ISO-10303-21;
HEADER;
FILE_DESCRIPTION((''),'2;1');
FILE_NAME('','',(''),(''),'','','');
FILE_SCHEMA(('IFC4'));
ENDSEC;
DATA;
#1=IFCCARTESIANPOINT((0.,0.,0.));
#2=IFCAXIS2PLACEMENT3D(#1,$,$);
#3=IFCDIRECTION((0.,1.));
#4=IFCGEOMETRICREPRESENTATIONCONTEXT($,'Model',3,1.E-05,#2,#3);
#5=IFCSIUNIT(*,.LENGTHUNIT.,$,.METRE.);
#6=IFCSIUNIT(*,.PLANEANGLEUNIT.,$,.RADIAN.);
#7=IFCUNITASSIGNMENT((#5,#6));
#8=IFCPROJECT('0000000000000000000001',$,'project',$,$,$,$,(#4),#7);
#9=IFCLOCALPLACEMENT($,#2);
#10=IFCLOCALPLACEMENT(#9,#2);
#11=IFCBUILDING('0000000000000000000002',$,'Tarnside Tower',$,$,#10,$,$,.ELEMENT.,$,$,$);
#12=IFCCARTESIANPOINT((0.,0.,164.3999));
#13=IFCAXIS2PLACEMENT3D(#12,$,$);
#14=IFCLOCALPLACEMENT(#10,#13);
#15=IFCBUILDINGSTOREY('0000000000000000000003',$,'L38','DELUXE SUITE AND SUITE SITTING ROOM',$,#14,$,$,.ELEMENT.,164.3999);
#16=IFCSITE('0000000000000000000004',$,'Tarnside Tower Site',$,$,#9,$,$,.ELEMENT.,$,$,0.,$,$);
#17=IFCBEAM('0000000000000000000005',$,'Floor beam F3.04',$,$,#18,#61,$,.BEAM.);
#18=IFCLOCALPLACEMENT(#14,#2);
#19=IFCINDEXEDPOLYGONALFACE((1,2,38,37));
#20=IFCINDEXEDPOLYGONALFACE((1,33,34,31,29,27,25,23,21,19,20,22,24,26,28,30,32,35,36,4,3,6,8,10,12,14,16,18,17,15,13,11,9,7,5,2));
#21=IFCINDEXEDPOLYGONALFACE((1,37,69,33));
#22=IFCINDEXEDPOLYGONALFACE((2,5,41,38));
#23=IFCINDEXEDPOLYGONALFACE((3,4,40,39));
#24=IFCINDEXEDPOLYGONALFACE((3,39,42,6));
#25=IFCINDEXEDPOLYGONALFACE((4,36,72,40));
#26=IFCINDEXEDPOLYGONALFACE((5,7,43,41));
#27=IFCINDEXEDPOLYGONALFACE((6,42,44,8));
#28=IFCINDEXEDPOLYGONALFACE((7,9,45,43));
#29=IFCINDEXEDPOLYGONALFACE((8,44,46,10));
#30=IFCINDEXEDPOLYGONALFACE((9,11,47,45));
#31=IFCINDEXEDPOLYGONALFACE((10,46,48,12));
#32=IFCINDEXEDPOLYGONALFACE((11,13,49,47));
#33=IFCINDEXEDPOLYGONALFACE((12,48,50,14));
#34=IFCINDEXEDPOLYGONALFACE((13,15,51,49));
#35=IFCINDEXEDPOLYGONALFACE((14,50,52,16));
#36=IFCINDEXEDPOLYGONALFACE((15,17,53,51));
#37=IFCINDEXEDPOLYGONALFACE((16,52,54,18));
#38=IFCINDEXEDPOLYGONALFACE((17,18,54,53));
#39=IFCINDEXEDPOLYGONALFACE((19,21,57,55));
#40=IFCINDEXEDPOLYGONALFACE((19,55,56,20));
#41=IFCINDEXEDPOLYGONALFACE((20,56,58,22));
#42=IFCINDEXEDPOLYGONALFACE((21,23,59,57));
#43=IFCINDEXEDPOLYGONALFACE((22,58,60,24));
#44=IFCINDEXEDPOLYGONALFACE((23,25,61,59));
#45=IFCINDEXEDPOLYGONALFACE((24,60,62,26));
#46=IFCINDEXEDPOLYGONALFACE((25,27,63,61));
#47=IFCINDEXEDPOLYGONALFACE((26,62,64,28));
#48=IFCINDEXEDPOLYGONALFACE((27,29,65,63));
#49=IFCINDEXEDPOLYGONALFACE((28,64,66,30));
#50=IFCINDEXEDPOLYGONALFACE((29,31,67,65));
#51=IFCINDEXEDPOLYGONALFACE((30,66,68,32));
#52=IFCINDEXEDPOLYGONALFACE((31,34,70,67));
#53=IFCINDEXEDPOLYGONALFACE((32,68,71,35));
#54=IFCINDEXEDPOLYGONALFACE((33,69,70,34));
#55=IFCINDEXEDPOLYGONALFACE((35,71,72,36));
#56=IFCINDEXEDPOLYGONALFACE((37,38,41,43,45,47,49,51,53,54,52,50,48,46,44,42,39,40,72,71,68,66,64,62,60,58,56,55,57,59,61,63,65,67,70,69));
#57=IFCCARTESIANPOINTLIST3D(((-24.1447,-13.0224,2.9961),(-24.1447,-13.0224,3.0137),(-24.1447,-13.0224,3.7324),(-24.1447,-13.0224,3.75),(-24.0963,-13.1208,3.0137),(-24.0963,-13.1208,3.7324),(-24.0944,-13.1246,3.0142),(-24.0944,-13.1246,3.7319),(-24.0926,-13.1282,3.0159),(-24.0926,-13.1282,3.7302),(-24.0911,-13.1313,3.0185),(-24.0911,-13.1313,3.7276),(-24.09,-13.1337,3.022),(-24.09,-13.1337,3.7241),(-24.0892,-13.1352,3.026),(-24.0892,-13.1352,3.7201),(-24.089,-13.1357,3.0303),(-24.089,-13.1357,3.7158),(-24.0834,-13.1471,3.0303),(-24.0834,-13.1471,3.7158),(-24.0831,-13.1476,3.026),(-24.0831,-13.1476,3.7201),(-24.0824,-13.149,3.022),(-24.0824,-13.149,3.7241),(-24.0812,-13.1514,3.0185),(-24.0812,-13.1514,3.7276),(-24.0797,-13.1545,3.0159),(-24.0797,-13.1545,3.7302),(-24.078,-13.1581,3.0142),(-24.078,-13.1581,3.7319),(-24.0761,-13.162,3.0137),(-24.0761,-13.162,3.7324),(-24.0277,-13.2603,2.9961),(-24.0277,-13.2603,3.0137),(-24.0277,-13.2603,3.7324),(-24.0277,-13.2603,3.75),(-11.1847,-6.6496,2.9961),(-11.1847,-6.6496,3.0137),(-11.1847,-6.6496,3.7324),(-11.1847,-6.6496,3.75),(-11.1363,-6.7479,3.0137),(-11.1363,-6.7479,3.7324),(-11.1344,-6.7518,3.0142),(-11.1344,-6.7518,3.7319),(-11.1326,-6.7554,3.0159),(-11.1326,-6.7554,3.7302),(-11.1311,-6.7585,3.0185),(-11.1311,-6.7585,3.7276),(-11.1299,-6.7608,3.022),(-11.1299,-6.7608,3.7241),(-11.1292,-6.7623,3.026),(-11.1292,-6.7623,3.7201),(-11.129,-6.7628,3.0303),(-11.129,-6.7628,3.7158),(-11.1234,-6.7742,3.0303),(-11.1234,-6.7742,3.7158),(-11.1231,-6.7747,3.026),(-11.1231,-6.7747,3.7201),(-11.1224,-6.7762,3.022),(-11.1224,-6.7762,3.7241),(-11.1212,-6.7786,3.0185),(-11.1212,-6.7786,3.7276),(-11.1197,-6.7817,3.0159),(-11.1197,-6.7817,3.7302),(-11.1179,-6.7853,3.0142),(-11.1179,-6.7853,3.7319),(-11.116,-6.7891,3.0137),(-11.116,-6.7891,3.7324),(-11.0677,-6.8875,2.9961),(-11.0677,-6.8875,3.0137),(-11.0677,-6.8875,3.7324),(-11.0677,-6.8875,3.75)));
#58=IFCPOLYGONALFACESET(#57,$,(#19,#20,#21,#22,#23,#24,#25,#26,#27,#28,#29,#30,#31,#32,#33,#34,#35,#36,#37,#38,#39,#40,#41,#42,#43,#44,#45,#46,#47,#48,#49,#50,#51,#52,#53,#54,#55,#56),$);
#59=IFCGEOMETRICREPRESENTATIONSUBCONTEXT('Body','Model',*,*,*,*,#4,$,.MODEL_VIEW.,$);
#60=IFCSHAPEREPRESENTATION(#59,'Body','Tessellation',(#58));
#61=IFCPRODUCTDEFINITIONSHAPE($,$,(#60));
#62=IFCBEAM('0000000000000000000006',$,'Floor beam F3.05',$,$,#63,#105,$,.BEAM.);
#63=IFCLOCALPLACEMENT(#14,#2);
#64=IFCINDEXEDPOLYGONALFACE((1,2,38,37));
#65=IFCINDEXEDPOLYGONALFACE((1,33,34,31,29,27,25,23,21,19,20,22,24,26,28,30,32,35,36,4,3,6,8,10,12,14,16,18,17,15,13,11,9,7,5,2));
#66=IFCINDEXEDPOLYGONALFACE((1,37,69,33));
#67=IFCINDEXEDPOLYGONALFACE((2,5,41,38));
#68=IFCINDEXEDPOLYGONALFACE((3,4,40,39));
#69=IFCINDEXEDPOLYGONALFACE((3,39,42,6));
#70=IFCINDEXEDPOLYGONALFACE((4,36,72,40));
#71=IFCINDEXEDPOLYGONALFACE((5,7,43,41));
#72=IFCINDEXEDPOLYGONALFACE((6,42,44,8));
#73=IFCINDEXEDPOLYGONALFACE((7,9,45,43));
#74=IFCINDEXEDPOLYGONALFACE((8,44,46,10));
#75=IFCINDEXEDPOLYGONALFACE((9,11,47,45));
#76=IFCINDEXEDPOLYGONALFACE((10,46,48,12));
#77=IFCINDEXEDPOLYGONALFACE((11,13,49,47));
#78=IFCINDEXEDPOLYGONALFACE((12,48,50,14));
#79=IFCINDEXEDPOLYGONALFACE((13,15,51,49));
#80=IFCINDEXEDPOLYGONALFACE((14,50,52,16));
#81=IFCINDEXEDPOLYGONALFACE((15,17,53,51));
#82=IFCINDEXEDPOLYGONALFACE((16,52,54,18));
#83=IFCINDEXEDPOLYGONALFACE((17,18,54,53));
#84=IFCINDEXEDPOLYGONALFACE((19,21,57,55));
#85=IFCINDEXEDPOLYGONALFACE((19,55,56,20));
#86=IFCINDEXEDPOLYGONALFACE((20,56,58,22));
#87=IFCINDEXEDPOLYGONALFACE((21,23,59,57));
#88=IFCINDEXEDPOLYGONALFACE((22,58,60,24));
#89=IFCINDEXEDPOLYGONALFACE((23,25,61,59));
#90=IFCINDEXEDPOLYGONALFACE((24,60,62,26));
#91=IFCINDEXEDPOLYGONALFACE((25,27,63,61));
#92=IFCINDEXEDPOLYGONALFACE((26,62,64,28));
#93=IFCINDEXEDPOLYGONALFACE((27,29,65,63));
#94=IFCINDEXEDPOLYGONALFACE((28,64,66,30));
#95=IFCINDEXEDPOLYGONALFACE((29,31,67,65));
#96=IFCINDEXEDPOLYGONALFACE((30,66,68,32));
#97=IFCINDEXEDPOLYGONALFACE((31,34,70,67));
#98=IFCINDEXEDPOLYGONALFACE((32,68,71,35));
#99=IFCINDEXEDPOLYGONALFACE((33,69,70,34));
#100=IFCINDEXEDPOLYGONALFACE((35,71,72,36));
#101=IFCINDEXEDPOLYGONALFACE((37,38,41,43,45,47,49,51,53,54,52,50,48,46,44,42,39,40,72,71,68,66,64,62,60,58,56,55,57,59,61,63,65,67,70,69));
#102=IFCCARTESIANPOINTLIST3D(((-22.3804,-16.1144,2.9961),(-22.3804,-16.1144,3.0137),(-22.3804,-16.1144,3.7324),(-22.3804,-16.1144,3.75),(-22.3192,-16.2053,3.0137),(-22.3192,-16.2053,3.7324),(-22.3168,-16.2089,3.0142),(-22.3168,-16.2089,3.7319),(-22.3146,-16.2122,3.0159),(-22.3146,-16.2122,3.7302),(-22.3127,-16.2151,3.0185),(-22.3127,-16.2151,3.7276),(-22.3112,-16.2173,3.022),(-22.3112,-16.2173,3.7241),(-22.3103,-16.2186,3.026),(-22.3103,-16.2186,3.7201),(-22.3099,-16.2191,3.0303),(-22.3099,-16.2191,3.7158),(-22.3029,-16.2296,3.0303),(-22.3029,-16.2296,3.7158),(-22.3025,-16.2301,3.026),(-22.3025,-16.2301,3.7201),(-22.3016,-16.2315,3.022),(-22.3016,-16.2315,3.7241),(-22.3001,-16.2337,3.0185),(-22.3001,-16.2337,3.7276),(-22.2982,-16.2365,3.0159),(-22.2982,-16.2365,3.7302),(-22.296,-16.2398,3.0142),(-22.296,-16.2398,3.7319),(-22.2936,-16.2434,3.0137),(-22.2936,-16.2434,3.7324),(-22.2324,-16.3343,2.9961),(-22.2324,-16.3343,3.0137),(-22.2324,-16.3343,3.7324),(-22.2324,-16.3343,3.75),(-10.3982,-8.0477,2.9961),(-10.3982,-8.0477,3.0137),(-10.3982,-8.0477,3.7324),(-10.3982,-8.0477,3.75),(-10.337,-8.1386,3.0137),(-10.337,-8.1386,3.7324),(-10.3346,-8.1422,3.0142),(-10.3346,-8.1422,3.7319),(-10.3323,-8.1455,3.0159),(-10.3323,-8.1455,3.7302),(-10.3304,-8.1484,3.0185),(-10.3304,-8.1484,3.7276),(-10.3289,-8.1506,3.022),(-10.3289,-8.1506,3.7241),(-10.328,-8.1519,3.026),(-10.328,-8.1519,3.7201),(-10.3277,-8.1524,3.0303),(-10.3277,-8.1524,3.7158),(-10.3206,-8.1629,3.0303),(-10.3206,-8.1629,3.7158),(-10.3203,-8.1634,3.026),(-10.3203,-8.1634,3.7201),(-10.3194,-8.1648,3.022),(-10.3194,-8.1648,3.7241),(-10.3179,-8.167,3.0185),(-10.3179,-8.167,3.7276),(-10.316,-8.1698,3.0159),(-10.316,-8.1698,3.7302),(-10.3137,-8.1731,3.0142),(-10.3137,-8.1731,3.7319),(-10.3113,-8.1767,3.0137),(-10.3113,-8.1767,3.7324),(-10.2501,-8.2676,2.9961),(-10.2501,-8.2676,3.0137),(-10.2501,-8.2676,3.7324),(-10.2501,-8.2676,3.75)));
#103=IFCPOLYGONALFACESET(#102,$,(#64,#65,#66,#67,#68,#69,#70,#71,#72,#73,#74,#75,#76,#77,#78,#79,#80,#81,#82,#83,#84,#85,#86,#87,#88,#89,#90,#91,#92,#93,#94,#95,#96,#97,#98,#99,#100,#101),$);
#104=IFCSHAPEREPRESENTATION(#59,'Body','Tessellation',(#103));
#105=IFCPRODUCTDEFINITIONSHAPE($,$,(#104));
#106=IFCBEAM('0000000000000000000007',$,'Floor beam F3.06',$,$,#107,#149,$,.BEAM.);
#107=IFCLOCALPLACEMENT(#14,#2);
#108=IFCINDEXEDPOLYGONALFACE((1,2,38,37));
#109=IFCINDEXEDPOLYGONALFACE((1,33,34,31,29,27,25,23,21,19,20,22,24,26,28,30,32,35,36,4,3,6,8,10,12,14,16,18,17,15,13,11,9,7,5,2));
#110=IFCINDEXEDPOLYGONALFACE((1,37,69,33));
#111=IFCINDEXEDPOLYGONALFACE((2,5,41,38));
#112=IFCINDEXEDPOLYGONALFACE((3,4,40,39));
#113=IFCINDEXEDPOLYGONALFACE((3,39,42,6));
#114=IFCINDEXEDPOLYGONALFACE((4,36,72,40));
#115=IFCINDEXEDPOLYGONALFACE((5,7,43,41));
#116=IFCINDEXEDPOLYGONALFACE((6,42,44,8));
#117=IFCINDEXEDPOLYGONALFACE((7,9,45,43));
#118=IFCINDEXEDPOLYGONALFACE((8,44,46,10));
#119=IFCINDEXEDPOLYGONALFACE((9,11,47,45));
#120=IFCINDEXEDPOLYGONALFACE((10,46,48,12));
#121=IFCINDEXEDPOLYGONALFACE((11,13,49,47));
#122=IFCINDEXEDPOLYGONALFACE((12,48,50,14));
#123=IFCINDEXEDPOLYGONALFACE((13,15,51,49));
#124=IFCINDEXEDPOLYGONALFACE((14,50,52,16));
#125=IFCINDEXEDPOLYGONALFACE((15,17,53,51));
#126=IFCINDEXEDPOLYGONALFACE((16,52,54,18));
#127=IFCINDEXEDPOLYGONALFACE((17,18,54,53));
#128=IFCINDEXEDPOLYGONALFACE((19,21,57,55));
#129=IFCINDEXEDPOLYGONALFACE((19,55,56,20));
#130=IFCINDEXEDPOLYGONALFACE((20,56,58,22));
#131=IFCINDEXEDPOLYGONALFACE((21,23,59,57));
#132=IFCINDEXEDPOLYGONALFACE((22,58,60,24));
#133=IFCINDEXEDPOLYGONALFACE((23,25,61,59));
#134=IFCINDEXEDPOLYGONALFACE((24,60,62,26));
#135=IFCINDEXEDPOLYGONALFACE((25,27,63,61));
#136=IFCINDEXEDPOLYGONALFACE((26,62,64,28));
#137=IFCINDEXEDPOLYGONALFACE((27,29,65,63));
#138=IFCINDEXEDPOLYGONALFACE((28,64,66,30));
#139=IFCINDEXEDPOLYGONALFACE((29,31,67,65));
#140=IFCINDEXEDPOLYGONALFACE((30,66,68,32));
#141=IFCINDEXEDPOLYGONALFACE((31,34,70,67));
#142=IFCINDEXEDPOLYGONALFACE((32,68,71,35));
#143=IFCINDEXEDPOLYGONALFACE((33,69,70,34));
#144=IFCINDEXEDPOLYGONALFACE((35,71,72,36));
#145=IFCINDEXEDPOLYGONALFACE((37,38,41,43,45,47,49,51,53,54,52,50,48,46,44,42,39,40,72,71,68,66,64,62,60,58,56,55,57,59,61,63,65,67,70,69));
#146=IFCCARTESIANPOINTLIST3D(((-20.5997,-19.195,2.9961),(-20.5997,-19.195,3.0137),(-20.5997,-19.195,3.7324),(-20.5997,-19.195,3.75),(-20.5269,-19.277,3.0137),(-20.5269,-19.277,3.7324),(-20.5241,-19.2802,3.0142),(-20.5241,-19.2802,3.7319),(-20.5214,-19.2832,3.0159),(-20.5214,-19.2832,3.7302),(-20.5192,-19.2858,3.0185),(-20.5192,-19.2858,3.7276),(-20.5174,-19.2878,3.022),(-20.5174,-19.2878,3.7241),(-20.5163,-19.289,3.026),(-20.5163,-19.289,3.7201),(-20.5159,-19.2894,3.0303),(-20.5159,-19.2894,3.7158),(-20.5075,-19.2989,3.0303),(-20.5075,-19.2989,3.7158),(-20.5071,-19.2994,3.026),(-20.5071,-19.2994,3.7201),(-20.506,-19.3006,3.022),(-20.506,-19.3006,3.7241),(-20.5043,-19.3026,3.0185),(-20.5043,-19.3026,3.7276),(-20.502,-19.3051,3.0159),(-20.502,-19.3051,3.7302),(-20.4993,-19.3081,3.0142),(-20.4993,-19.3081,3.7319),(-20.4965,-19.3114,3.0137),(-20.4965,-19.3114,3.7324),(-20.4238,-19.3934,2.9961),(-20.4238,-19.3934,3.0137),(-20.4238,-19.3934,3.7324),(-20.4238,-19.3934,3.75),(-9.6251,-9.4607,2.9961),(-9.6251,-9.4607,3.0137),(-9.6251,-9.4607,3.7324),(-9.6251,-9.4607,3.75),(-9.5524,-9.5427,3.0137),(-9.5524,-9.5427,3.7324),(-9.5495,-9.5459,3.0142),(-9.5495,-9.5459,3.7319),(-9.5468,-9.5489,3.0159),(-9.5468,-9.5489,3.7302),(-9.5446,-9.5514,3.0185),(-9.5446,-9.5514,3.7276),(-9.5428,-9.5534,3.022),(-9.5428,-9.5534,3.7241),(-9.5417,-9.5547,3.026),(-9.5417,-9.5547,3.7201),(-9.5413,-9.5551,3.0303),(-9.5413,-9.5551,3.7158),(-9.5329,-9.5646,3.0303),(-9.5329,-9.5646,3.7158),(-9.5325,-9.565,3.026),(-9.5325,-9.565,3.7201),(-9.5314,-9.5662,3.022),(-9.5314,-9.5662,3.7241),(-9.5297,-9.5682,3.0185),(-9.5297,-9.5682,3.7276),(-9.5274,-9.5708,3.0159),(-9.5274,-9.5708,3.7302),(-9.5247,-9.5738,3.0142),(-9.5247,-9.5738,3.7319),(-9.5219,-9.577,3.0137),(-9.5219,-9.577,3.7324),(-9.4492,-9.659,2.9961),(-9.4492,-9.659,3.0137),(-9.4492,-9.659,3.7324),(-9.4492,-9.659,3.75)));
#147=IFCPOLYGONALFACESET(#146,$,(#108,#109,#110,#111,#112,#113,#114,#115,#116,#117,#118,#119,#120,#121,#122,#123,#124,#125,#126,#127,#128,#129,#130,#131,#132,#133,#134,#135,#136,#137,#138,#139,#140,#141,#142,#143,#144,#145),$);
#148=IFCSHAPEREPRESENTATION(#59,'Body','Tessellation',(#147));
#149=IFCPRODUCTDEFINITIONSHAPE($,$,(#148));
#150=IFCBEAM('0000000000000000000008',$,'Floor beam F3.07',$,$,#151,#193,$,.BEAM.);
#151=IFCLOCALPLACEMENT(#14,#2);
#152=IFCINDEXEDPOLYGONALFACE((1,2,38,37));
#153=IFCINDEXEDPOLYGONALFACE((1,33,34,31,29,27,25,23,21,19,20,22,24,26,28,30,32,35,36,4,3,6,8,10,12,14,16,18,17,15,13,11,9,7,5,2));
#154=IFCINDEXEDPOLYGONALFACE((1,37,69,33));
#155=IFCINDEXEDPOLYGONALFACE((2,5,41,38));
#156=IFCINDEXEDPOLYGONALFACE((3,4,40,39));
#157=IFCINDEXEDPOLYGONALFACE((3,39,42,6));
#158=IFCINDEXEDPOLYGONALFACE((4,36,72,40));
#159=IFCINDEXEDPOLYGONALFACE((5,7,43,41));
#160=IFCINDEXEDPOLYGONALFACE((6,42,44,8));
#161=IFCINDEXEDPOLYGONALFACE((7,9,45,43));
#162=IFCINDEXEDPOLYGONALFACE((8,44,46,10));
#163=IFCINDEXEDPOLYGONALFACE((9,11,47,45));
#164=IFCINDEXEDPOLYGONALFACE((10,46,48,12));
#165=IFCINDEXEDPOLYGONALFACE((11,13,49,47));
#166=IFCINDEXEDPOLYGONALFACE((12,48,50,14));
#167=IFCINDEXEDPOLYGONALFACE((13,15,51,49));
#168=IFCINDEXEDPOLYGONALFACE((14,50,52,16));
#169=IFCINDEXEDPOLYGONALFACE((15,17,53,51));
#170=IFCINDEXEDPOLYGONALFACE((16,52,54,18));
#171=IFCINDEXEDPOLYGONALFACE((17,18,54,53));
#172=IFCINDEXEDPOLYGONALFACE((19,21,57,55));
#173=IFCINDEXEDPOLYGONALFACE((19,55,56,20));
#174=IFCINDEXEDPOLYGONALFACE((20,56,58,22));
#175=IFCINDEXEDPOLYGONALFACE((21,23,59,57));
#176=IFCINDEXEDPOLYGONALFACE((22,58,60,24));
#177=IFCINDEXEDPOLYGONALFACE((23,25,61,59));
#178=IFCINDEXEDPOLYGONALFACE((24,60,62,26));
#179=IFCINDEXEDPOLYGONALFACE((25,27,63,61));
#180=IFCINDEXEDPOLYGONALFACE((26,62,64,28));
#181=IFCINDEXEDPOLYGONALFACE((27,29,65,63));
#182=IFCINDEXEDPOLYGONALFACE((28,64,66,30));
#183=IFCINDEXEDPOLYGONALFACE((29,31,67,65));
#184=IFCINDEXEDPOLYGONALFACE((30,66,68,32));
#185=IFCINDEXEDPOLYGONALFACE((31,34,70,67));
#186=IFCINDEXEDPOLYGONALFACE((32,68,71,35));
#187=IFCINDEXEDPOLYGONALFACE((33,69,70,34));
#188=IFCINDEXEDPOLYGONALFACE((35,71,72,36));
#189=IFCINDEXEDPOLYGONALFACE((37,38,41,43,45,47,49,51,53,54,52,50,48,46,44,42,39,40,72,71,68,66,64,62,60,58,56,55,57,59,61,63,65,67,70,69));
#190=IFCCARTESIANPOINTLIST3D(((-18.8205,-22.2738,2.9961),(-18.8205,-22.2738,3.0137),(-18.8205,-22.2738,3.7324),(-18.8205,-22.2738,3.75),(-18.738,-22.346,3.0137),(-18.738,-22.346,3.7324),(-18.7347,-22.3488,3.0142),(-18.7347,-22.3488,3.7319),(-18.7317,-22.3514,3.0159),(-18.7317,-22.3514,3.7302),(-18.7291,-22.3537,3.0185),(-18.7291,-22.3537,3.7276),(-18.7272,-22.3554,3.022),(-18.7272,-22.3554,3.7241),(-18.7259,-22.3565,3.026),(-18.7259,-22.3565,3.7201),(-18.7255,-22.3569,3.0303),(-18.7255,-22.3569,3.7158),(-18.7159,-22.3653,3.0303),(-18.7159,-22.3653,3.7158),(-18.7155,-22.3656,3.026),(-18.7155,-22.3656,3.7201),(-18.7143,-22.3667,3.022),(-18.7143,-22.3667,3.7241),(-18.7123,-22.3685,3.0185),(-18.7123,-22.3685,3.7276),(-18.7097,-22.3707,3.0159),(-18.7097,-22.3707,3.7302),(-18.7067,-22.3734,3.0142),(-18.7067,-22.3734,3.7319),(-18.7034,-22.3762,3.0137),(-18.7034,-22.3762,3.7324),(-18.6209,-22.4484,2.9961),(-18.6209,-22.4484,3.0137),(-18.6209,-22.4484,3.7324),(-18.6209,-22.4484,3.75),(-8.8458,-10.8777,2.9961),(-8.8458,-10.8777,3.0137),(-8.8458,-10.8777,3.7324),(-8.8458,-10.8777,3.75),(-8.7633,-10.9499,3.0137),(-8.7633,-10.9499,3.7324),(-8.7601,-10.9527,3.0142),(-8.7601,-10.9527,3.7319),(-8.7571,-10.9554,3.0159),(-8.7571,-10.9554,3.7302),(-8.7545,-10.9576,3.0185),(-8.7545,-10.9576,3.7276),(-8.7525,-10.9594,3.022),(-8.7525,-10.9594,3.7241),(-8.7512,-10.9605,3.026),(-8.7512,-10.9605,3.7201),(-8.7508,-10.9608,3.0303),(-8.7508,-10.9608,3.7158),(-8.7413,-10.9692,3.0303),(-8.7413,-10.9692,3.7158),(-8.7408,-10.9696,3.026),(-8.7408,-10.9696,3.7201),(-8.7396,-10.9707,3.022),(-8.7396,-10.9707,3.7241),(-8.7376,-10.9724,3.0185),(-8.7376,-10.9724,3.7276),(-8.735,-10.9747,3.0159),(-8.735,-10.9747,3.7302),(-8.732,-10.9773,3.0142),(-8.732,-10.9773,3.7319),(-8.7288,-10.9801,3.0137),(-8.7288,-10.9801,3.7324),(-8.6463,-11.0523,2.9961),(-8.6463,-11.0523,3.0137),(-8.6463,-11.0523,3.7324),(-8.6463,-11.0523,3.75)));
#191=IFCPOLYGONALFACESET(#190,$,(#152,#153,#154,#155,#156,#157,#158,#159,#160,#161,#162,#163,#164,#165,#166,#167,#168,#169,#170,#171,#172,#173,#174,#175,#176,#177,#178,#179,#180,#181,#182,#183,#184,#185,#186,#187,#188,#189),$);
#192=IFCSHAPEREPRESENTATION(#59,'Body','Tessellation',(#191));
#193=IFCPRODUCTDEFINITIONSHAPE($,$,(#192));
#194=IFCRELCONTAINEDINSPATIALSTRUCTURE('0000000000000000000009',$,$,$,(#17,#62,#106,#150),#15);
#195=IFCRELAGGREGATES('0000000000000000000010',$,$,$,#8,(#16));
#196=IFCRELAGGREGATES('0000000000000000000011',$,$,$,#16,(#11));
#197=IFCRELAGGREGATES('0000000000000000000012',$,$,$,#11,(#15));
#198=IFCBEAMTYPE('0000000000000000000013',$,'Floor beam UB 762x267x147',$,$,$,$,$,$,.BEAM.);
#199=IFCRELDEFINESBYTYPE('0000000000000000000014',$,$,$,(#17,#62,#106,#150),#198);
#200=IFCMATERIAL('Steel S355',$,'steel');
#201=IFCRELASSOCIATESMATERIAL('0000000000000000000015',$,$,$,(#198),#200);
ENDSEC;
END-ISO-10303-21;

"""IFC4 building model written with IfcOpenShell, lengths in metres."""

from ifc_helpers import new_model, si_unit, direction, frame, origin, origin_2d, place, context, subcontext, project, spatial, i_section, extrude, material, material_profile, profile_set, type_object, element, save


model = new_model("IFC4")

# Units and contexts
model_context = context("Model", 3, precision=1e-05, world=origin(), true_north=direction((0.0, 1.0)))
body_context = subcontext(model_context, "Body", "Model", "MODEL_VIEW")
ifc_project = project(units=[si_unit("LENGTHUNIT", "METRE"), si_unit("PLANEANGLEUNIT", "RADIAN")], contexts=[model_context])

# Site, building, storey
site_placement = place(None, origin())
site = spatial("IfcSite", under=ifc_project, at=site_placement, Name="Tarnside Tower Site", CompositionType="ELEMENT", RefElevation=0.0)
building_placement = place(site_placement, origin())
building = spatial("IfcBuilding", under=site, at=building_placement, Name="Tarnside Tower", CompositionType="ELEMENT")
storey_placement = place(building_placement, frame((0.0, 0.0, 164.3999)))
storey = spatial("IfcBuildingStorey", under=building, at=storey_placement, Name="L38", Description="DELUXE SUITE AND SUITE SITTING ROOM", CompositionType="ELEMENT", Elevation=164.3999)

# Beams
ifc_material_1 = material(Name="Steel S355", Category="steel")
ifc_material_profile_1 = material_profile(ifc_material_1, i_section(OverallWidth=0.2651, OverallDepth=0.7539, WebThickness=0.0127, FlangeThickness=0.0176, FilletRadius=0.0166, at=origin_2d()), Name="UB 762x267x147")
ifc_profile_set_1 = profile_set([ifc_material_profile_1], Name="Steel S355")
beam_type_1 = type_object("IfcBeamType", Name="Floor beam UB 762x267x147", PredefinedType="BEAM", material=ifc_profile_set_1)
beam_1_placement = place(storey_placement, frame((-24.0862, -13.1414, 3.373), z_axis=(0.897376, 0.441267, 0.0), x_axis=(-0.441267, 0.897376, 0.0)))
element("IfcBeam", 1, at=beam_1_placement, inside=storey, type_object=beam_type_1, Name="Floor beam F3.04", PredefinedType="BEAM", context=body_context, shape_type="SweptSolid", body=[
    extrude(i_section(OverallWidth=0.2651, OverallDepth=0.7539, WebThickness=0.0127, FlangeThickness=0.0176, FilletRadius=0.0166, at=origin_2d()), origin(), (0.0, 0.0, 1.0), 14.4421),
])
beam_2_placement = place(storey_placement, frame((-22.3064, -16.2244, 3.373), z_axis=(0.829532, 0.558458, 0.0), x_axis=(-0.558458, 0.829532, 0.0)))
element("IfcBeam", 2, at=beam_2_placement, inside=storey, type_object=beam_type_1, Name="Floor beam F3.05", PredefinedType="BEAM", context=body_context, shape_type="SweptSolid", body=[
    extrude(i_section(OverallWidth=0.2651, OverallDepth=0.7539, WebThickness=0.0127, FlangeThickness=0.0176, FilletRadius=0.0166, at=origin_2d()), origin(), (0.0, 0.0, 1.0), 14.4446),
])
beam_3_placement = place(storey_placement, frame((-20.5117, -19.2942, 3.373), z_axis=(0.748114, 0.66357, 0.0), x_axis=(-0.66357, 0.748114, 0.0)))
element("IfcBeam", 3, at=beam_3_placement, inside=storey, type_object=beam_type_1, Name="Floor beam F3.06", PredefinedType="BEAM", context=body_context, shape_type="SweptSolid", body=[
    extrude(i_section(OverallWidth=0.2651, OverallDepth=0.7539, WebThickness=0.0127, FlangeThickness=0.0176, FilletRadius=0.0166, at=origin_2d()), origin(), (0.0, 0.0, 1.0), 14.6697),
])
beam_4_placement = place(storey_placement, frame((-18.7207, -22.3611, 3.373), z_axis=(0.658621, 0.752475, 0.0), x_axis=(-0.752475, 0.658621, 0.0)))
element("IfcBeam", 4, at=beam_4_placement, inside=storey, type_object=beam_type_1, Name="Floor beam F3.07", PredefinedType="BEAM", context=body_context, shape_type="SweptSolid", body=[
    extrude(i_section(OverallWidth=0.2651, OverallDepth=0.7539, WebThickness=0.0127, FlangeThickness=0.0176, FilletRadius=0.0166, at=origin_2d()), origin(), (0.0, 0.0, 1.0), 15.1448),
])

save(model, "model.ifc")
